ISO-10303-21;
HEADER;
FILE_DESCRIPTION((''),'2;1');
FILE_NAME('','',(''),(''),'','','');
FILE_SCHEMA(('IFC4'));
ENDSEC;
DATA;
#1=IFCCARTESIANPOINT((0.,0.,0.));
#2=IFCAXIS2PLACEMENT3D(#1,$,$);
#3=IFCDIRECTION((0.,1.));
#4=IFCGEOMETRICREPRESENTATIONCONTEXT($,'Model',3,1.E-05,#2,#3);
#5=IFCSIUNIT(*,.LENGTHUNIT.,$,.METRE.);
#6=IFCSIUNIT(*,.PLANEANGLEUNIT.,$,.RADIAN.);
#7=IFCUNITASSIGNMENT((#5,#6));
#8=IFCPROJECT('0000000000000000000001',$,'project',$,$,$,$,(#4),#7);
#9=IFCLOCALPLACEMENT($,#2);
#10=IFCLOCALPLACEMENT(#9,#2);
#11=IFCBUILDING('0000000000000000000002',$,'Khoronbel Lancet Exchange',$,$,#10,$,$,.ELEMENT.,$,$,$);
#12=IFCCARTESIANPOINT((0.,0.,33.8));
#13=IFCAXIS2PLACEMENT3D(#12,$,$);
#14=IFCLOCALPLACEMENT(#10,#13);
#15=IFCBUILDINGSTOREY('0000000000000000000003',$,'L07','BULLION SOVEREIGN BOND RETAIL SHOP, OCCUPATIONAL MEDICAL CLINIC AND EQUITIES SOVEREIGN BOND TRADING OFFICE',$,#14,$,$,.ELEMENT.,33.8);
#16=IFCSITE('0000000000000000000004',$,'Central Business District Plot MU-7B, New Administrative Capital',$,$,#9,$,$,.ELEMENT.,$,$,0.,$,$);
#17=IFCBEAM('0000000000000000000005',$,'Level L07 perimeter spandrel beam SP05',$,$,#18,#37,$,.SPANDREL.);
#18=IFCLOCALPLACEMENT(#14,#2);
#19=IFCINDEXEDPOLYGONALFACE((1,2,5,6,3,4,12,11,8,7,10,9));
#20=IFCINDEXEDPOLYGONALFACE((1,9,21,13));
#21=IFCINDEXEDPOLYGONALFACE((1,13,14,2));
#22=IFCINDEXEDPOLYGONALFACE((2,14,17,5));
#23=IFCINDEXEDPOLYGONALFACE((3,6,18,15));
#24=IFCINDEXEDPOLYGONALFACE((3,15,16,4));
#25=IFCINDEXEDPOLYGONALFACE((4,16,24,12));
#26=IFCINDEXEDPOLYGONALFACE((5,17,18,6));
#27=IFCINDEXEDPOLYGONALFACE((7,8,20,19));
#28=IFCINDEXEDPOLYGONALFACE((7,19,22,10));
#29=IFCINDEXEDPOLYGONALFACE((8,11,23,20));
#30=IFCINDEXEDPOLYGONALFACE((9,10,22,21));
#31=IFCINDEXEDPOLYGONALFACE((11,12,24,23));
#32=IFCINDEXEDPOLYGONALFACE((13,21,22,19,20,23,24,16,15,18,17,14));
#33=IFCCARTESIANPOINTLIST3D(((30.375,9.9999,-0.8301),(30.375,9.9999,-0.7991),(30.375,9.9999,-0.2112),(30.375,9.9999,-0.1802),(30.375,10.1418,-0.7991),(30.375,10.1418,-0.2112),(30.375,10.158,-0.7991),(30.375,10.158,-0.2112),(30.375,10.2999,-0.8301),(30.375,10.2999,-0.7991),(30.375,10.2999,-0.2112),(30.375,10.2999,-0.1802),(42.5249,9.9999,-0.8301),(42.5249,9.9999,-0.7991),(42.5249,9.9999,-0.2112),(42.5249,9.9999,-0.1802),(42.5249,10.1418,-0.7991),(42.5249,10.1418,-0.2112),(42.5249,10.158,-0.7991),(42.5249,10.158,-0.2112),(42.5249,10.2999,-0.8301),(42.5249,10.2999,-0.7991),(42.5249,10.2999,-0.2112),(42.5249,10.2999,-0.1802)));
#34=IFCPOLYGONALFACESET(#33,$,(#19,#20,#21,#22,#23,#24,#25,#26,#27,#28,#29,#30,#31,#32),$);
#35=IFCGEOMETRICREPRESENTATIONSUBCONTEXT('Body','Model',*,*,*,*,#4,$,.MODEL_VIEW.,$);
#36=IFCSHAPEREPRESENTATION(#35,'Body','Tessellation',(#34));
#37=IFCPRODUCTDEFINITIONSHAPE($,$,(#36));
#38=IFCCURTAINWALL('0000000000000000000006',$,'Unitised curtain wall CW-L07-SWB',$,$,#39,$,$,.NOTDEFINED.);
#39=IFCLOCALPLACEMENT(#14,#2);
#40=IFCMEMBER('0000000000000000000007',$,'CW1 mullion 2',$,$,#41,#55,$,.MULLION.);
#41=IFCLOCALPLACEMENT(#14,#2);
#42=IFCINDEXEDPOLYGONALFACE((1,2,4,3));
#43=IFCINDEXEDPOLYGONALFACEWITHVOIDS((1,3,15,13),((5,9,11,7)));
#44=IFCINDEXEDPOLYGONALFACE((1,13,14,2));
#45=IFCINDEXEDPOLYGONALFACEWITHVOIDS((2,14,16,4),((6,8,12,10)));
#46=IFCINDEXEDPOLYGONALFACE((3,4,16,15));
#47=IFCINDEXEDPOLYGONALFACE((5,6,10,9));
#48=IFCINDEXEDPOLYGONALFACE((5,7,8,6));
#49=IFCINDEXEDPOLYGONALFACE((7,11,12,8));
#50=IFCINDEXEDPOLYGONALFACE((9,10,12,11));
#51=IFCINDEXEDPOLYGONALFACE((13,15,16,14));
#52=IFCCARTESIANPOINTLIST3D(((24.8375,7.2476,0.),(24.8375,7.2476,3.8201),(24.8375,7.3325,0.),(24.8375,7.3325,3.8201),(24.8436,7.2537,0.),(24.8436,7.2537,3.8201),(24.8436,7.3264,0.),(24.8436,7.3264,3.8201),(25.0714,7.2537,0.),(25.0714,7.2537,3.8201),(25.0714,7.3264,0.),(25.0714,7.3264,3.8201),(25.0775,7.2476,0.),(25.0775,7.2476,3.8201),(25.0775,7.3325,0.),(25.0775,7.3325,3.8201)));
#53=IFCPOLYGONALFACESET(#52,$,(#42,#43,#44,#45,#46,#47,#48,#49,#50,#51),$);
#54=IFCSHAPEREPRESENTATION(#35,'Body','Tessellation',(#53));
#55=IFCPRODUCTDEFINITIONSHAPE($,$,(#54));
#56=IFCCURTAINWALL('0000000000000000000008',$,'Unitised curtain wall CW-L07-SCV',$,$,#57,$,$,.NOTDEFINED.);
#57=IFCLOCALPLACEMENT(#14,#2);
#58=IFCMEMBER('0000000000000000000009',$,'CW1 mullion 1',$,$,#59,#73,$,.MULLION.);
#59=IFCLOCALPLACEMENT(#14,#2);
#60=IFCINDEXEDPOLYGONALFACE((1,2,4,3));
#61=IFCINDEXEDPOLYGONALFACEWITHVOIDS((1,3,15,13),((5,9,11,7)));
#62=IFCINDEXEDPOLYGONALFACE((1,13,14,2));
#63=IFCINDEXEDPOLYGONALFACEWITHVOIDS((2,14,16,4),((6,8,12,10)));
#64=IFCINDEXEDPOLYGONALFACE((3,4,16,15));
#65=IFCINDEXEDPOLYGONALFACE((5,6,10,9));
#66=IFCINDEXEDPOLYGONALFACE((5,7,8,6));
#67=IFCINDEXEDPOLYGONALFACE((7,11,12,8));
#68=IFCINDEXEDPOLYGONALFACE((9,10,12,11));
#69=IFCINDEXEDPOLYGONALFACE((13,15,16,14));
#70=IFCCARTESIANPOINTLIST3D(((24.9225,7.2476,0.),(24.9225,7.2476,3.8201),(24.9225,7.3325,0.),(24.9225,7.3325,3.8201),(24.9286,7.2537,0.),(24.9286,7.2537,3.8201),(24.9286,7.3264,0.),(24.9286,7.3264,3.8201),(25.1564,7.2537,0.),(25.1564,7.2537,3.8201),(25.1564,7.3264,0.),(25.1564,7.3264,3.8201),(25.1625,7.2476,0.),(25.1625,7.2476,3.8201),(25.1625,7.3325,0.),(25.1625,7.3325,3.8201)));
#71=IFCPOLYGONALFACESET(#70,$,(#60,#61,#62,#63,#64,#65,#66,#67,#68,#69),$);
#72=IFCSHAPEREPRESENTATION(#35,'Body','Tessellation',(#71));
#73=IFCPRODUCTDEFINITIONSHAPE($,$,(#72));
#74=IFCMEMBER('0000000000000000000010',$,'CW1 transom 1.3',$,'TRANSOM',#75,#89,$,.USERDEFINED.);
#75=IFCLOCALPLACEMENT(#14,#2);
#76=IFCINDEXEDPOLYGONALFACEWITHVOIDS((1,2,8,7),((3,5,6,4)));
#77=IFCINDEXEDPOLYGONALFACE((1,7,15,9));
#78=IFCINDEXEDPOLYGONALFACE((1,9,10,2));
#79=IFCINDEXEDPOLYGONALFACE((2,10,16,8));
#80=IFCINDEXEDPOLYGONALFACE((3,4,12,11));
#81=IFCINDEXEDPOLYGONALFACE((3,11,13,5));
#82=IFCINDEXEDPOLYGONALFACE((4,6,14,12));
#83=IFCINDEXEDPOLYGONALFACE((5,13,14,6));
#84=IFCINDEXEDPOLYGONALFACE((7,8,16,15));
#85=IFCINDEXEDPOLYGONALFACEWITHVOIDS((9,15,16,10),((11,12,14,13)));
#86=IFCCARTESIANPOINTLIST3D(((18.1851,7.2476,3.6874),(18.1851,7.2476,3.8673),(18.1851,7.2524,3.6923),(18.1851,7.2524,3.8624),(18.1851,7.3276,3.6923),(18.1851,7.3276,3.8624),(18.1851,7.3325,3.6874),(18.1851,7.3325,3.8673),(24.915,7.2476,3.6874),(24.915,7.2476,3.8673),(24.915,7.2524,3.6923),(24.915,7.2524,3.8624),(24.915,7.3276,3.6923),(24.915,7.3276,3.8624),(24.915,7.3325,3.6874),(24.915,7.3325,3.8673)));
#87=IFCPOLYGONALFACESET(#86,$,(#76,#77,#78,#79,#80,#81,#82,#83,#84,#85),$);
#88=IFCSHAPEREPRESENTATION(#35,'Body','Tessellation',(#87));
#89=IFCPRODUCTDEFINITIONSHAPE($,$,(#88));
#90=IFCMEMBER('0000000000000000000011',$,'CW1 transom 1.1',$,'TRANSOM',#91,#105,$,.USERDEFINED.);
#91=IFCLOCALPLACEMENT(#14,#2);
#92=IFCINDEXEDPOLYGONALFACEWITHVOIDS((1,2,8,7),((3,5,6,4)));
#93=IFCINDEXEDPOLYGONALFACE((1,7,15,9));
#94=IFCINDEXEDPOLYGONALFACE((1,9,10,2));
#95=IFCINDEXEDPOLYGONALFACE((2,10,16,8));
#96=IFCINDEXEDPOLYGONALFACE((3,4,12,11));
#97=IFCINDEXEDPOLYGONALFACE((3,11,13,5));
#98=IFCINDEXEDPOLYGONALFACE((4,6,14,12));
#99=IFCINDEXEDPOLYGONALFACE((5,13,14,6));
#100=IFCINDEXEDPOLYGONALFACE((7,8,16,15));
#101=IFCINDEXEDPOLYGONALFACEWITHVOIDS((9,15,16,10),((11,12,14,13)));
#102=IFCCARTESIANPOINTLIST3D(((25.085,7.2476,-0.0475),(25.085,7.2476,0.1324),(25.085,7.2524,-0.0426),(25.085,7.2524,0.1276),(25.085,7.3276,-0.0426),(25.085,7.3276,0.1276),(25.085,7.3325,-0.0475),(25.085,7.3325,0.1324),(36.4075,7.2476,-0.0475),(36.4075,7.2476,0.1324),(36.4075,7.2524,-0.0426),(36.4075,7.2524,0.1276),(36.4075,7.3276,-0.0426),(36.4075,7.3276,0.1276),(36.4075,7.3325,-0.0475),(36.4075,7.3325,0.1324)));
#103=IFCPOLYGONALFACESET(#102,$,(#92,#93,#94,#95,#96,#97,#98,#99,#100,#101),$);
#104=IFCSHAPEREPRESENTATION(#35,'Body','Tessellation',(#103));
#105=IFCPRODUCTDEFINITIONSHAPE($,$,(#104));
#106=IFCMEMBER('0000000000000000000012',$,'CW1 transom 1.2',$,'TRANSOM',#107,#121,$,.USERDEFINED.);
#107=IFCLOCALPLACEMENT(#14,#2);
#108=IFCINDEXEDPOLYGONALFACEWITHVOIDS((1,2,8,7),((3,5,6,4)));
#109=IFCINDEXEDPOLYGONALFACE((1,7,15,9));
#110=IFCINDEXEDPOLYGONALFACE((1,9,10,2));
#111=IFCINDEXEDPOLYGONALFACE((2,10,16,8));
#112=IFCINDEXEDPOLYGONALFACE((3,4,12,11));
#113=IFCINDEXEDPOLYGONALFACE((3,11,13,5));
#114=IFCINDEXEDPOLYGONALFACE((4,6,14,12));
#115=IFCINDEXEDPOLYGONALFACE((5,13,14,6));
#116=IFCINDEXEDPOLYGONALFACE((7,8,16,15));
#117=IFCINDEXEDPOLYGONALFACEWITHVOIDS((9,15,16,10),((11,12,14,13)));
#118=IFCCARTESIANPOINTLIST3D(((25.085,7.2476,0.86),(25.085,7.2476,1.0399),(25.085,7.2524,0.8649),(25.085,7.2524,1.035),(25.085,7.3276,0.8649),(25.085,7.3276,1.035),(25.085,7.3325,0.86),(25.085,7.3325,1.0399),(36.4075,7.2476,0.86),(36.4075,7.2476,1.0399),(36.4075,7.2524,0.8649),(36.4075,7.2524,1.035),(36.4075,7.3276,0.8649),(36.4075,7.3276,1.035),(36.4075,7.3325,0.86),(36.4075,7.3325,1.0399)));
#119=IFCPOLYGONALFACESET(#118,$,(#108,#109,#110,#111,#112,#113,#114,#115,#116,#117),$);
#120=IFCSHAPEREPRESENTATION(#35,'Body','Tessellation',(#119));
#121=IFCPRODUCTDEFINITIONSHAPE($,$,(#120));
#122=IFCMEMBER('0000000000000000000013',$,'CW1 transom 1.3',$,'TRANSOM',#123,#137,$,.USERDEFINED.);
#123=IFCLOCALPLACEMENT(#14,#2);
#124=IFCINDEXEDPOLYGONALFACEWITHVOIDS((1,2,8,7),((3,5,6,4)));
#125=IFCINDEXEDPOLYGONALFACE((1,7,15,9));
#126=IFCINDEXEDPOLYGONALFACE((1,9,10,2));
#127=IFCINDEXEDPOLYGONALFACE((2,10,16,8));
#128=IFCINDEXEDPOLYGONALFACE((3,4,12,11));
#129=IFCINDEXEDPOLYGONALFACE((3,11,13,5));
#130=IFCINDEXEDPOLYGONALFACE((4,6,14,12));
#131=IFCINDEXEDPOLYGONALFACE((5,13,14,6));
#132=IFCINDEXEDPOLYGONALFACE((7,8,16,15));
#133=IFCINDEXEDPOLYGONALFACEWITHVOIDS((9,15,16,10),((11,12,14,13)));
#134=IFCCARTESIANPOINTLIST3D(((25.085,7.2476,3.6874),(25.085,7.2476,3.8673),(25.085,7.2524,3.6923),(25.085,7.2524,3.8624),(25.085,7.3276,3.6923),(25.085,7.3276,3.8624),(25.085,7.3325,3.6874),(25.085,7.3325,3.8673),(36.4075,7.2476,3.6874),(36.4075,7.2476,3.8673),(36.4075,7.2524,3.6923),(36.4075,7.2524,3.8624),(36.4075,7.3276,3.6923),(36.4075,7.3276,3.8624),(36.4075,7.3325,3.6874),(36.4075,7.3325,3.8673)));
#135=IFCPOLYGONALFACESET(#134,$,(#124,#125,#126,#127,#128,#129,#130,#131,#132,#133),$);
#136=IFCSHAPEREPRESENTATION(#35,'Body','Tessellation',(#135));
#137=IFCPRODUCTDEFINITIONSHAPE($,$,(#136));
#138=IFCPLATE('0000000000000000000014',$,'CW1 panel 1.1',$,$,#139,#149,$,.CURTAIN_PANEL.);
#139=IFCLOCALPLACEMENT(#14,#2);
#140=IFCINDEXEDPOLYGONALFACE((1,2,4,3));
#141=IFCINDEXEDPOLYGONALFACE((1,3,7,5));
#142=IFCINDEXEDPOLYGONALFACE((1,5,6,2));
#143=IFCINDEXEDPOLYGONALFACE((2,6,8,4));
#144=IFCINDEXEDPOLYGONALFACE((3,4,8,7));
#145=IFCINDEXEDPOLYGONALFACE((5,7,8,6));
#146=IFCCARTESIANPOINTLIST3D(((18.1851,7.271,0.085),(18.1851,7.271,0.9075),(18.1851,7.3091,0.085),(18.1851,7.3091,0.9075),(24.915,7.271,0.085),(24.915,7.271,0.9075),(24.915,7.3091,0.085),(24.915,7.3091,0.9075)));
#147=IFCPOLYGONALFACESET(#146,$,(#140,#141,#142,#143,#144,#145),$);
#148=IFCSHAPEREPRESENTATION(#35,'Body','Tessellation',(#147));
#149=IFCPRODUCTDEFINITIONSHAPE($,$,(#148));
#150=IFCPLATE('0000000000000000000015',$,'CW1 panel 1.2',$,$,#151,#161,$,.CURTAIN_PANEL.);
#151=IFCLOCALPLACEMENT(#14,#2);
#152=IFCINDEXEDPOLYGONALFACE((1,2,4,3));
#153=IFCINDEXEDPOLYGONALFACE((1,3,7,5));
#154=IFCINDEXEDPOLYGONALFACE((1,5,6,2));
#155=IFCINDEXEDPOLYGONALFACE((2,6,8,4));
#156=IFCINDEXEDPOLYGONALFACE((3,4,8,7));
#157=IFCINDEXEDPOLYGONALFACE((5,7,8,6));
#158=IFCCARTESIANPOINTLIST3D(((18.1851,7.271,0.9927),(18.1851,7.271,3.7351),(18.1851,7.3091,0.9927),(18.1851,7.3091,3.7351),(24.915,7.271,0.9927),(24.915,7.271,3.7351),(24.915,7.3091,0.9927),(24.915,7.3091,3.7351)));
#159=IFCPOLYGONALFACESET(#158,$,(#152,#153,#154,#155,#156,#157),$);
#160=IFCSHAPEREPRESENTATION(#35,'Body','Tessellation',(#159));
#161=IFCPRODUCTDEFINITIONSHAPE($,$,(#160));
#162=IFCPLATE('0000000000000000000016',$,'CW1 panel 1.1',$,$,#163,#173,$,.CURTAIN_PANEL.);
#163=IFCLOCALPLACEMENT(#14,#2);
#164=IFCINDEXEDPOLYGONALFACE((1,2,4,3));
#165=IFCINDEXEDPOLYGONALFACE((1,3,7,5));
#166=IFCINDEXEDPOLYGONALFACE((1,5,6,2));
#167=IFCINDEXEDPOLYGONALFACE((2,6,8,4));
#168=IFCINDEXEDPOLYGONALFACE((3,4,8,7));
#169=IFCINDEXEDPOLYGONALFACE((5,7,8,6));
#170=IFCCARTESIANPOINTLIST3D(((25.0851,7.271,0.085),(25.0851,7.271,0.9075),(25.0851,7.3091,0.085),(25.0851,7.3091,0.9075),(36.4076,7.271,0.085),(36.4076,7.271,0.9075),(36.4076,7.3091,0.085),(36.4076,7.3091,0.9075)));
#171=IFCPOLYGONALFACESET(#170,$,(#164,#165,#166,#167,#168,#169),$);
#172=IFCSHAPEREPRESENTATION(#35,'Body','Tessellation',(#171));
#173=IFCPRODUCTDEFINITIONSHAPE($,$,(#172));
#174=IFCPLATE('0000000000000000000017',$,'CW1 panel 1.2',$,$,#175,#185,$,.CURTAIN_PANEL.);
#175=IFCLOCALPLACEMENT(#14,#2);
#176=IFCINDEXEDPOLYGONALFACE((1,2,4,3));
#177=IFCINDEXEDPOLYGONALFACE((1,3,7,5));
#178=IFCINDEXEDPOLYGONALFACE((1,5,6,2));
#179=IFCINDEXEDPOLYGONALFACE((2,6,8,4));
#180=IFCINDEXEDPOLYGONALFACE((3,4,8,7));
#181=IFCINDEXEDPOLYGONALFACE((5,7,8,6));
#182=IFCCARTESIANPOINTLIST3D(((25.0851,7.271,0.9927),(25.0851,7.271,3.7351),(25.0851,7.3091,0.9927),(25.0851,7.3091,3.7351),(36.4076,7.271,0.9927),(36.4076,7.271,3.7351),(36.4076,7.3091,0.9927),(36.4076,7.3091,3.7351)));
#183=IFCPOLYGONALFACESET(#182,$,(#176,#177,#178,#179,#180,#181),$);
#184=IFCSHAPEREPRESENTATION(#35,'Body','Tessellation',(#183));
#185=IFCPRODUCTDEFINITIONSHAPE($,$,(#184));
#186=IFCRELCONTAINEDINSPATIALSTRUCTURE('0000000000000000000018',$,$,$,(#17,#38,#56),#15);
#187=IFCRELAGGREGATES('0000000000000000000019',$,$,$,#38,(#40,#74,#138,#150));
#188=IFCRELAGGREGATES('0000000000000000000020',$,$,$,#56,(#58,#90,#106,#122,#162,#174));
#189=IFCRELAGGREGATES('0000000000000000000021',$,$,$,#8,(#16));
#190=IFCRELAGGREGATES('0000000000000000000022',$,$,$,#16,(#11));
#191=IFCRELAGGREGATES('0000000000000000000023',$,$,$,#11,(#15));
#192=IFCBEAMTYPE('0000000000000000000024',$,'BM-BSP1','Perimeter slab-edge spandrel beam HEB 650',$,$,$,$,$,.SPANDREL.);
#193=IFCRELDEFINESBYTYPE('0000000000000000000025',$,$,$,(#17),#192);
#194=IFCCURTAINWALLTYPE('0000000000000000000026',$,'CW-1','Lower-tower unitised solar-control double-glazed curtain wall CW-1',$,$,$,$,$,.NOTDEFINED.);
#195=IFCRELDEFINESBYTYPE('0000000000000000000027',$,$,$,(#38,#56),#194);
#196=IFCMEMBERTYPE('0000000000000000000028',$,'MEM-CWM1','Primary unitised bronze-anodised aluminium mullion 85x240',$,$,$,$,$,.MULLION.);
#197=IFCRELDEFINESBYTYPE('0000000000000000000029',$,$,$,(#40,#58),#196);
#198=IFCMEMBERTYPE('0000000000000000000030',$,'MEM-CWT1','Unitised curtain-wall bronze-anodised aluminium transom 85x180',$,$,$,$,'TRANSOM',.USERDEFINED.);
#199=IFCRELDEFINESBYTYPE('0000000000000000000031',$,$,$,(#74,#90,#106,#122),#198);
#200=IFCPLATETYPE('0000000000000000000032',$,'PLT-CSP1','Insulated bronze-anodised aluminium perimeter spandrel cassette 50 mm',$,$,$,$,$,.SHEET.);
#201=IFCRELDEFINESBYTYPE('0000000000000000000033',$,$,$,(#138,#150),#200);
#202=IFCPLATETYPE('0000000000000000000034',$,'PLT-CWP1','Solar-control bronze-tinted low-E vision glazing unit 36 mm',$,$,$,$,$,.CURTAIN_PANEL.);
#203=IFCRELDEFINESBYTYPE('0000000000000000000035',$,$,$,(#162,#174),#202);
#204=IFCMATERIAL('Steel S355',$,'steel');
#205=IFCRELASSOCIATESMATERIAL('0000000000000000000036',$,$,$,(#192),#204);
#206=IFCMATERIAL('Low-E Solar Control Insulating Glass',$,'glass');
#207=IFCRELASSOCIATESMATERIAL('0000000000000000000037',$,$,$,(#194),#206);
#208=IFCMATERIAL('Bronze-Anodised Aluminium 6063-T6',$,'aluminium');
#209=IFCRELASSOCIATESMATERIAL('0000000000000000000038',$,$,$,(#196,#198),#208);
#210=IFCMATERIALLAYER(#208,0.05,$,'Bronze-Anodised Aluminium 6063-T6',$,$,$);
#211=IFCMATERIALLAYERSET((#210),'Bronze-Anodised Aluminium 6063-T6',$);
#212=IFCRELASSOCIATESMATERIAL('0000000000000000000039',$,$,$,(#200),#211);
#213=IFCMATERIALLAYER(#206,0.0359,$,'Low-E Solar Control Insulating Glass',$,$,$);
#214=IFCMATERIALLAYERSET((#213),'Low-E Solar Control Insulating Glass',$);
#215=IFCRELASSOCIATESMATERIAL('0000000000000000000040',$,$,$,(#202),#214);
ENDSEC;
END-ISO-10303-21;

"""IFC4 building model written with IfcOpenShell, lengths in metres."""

from ifc_helpers import new_model, si_unit, direction, frame, origin, origin_2d, place, context, subcontext, project, spatial, rectangle, hollow_rectangle, i_section, extrude, material, layer, layer_set, material_profile, profile_set, type_object, element, aggregate, save


model = new_model("IFC4")

# Units and contexts
model_context = context("Model", 3, precision=1e-05, world=origin(), true_north=direction((0.0, 1.0)))
body_context = subcontext(model_context, "Body", "Model", "MODEL_VIEW")
ifc_project = project(units=[si_unit("LENGTHUNIT", "METRE"), si_unit("PLANEANGLEUNIT", "RADIAN")], contexts=[model_context])

# Site, building, storey
site_placement = place(None, origin())
site = spatial("IfcSite", under=ifc_project, at=site_placement, Name="Central Business District Plot MU-7B, New Administrative Capital", CompositionType="ELEMENT", RefElevation=0.0)
building_placement = place(site_placement, origin())
building = spatial("IfcBuilding", under=site, at=building_placement, Name="Khoronbel Lancet Exchange", CompositionType="ELEMENT")
storey_placement = place(building_placement, frame((0.0, 0.0, 33.8)))
storey = spatial("IfcBuildingStorey", under=building, at=storey_placement, Name="L07", Description="BULLION SOVEREIGN BOND RETAIL SHOP, OCCUPATIONAL MEDICAL CLINIC AND EQUITIES SOVEREIGN BOND TRADING OFFICE", CompositionType="ELEMENT", Elevation=33.8)

# Beam
ifc_material_1 = material(Name="Steel S355", Category="steel")
ifc_material_profile_1 = material_profile(ifc_material_1, i_section(OverallWidth=0.3, OverallDepth=0.6499, WebThickness=0.0161, FlangeThickness=0.031, at=origin_2d()), Name="HEB 650")
ifc_profile_set_1 = profile_set([ifc_material_profile_1], Name="Steel S355")
beam_type_1 = type_object("IfcBeamType", Name="BM-BSP1", Description="Perimeter slab-edge spandrel beam HEB 650", PredefinedType="SPANDREL", material=ifc_profile_set_1)
beam_1_placement = place(storey_placement, frame((30.375, 10.1499, -0.5051), z_axis=(1.0, 0.0, 0.0), x_axis=(0.0, 1.0, 0.0)))
element("IfcBeam", 1, at=beam_1_placement, inside=storey, type_object=beam_type_1, Name="Level L07 perimeter spandrel beam SP05", PredefinedType="SPANDREL", context=body_context, shape_type="SweptSolid", body=[
    extrude(i_section(OverallWidth=0.3, OverallDepth=0.6499, WebThickness=0.0161, FlangeThickness=0.031, at=origin_2d()), origin(), (0.0, 0.0, 1.0), 12.1499),
])

# Curtain walls, members
ifc_material_2 = material(Name="Low-E Solar Control Insulating Glass", Category="glass")
curtain_wall_type = type_object("IfcCurtainWallType", Name="CW-1", Description="Lower-tower unitised solar-control double-glazed curtain wall CW-1", PredefinedType="NOTDEFINED", material=ifc_material_2)
curtain_wall_1_placement = place(storey_placement, origin())
curtain_wall_1 = element("IfcCurtainWall", 2, at=curtain_wall_1_placement, inside=storey, type_object=curtain_wall_type, Name="Unitised curtain wall CW-L07-SWB", PredefinedType="NOTDEFINED")
ifc_material_3 = material(Name="Bronze-Anodised Aluminium 6063-T6", Category="aluminium")
ifc_material_profile_2 = material_profile(ifc_material_3, hollow_rectangle(XDim=0.085, YDim=0.24, WallThickness=0.0061, at=origin_2d()), Name="ALU MULLION 85x240")
ifc_profile_set_2 = profile_set([ifc_material_profile_2], Name="Bronze-Anodised Aluminium 6063-T6")
member_type_1 = type_object("IfcMemberType", Name="MEM-CWM1", Description="Primary unitised bronze-anodised aluminium mullion 85x240", PredefinedType="MULLION", material=ifc_profile_set_2)
member_1_placement = place(storey_placement, frame((24.9575, 7.29, 0.0), z_axis=(0.0, 0.0, 1.0), x_axis=(0.0, 1.0, 0.0)))
member_1 = element("IfcMember", 3, at=member_1_placement, type_object=member_type_1, Name="CW1 mullion 2", PredefinedType="MULLION", context=body_context, shape_type="SweptSolid", body=[
    extrude(hollow_rectangle(XDim=0.085, YDim=0.24, WallThickness=0.0061, at=origin_2d()), origin(), (0.0, 0.0, 1.0), 3.8201),
])
curtain_wall_2_placement = place(storey_placement, origin())
curtain_wall_2 = element("IfcCurtainWall", 4, at=curtain_wall_2_placement, inside=storey, type_object=curtain_wall_type, Name="Unitised curtain wall CW-L07-SCV", PredefinedType="NOTDEFINED")
member_2_placement = place(storey_placement, frame((25.0425, 7.29, 0.0), z_axis=(0.0, 0.0, 1.0), x_axis=(0.0, 1.0, 0.0)))
member_2 = element("IfcMember", 5, at=member_2_placement, type_object=member_type_1, Name="CW1 mullion 1", PredefinedType="MULLION", context=body_context, shape_type="SweptSolid", body=[
    extrude(hollow_rectangle(XDim=0.085, YDim=0.24, WallThickness=0.0061, at=origin_2d()), origin(), (0.0, 0.0, 1.0), 3.8201),
])

# Members
ifc_material_profile_3 = material_profile(ifc_material_3, hollow_rectangle(XDim=0.085, YDim=0.1799, WallThickness=0.0049, at=origin_2d()), Name="ALU TRANSOM 85x180")
ifc_profile_set_3 = profile_set([ifc_material_profile_3], Name="Bronze-Anodised Aluminium 6063-T6")
member_type_2 = type_object("IfcMemberType", Name="MEM-CWT1", Description="Unitised curtain-wall bronze-anodised aluminium transom 85x180", ElementType="TRANSOM", PredefinedType="USERDEFINED", material=ifc_profile_set_3)
member_3_placement = place(storey_placement, frame((18.1851, 7.29, 3.7773), z_axis=(1.0, 0.0, 0.0), x_axis=(0.0, 1.0, 0.0)))
member_3 = element("IfcMember", 6, at=member_3_placement, type_object=member_type_2, Name="CW1 transom 1.3", ObjectType="TRANSOM", PredefinedType="USERDEFINED", context=body_context, shape_type="SweptSolid", body=[
    extrude(hollow_rectangle(XDim=0.085, YDim=0.1799, WallThickness=0.0049, at=origin_2d()), origin(), (0.0, 0.0, 1.0), 6.73),
])
member_4_placement = place(storey_placement, frame((25.085, 7.29, 0.0425), z_axis=(1.0, 0.0, 0.0), x_axis=(0.0, 1.0, 0.0)))
member_4 = element("IfcMember", 7, at=member_4_placement, type_object=member_type_2, Name="CW1 transom 1.1", ObjectType="TRANSOM", PredefinedType="USERDEFINED", context=body_context, shape_type="SweptSolid", body=[
    extrude(hollow_rectangle(XDim=0.085, YDim=0.1799, WallThickness=0.0049, at=origin_2d()), origin(), (0.0, 0.0, 1.0), 11.3225),
])
member_5_placement = place(storey_placement, frame((25.085, 7.29, 0.95), z_axis=(1.0, 0.0, 0.0), x_axis=(0.0, 1.0, 0.0)))
member_5 = element("IfcMember", 8, at=member_5_placement, type_object=member_type_2, Name="CW1 transom 1.2", ObjectType="TRANSOM", PredefinedType="USERDEFINED", context=body_context, shape_type="SweptSolid", body=[
    extrude(hollow_rectangle(XDim=0.085, YDim=0.1799, WallThickness=0.0049, at=origin_2d()), origin(), (0.0, 0.0, 1.0), 11.3225),
])
member_6_placement = place(storey_placement, frame((25.085, 7.29, 3.7773), z_axis=(1.0, 0.0, 0.0), x_axis=(0.0, 1.0, 0.0)))
member_6 = element("IfcMember", 9, at=member_6_placement, type_object=member_type_2, Name="CW1 transom 1.3", ObjectType="TRANSOM", PredefinedType="USERDEFINED", context=body_context, shape_type="SweptSolid", body=[
    extrude(hollow_rectangle(XDim=0.085, YDim=0.1799, WallThickness=0.0049, at=origin_2d()), origin(), (0.0, 0.0, 1.0), 11.3225),
])

# Plates
ifc_layer_1 = layer(ifc_material_3, 0.05, Name="Bronze-Anodised Aluminium 6063-T6")
ifc_layer_set_1 = layer_set([ifc_layer_1], Name="Bronze-Anodised Aluminium 6063-T6")
plate_type_1 = type_object("IfcPlateType", Name="PLT-CSP1", Description="Insulated bronze-anodised aluminium perimeter spandrel cassette 50 mm", PredefinedType="SHEET", material=ifc_layer_set_1)
plate_1_placement = place(storey_placement, frame((21.55, 7.29, 0.085), z_axis=(0.0, 0.0, 1.0), x_axis=(1.0, 0.0, 0.0)))
plate_1 = element("IfcPlate", 10, at=plate_1_placement, type_object=plate_type_1, Name="CW1 panel 1.1", PredefinedType="CURTAIN_PANEL", context=body_context, shape_type="SweptSolid", body=[
    extrude(rectangle(XDim=6.73, YDim=0.0381, at=origin_2d()), origin(), (0.0, 0.0, 1.0), 0.8225),
])
plate_2_placement = place(storey_placement, frame((21.55, 7.29, 0.9927), z_axis=(0.0, 0.0, 1.0), x_axis=(1.0, 0.0, 0.0)))
plate_2 = element("IfcPlate", 11, at=plate_2_placement, type_object=plate_type_1, Name="CW1 panel 1.2", PredefinedType="CURTAIN_PANEL", context=body_context, shape_type="SweptSolid", body=[
    extrude(rectangle(XDim=6.73, YDim=0.0381, at=origin_2d()), origin(), (0.0, 0.0, 1.0), 2.7424),
])
aggregate(curtain_wall_1, [member_1, member_3, plate_1, plate_2])
ifc_layer_2 = layer(ifc_material_2, 0.0359, Name="Low-E Solar Control Insulating Glass")
ifc_layer_set_2 = layer_set([ifc_layer_2], Name="Low-E Solar Control Insulating Glass")
plate_type_2 = type_object("IfcPlateType", Name="PLT-CWP1", Description="Solar-control bronze-tinted low-E vision glazing unit 36 mm", PredefinedType="CURTAIN_PANEL", material=ifc_layer_set_2)
plate_3_placement = place(storey_placement, frame((30.7463, 7.29, 0.085), z_axis=(0.0, 0.0, 1.0), x_axis=(1.0, 0.0, 0.0)))
plate_3 = element("IfcPlate", 12, at=plate_3_placement, type_object=plate_type_2, Name="CW1 panel 1.1", PredefinedType="CURTAIN_PANEL", context=body_context, shape_type="SweptSolid", body=[
    extrude(rectangle(XDim=11.3225, YDim=0.0381, at=origin_2d()), origin(), (0.0, 0.0, 1.0), 0.8225),
])
plate_4_placement = place(storey_placement, frame((30.7463, 7.29, 0.9927), z_axis=(0.0, 0.0, 1.0), x_axis=(1.0, 0.0, 0.0)))
plate_4 = element("IfcPlate", 13, at=plate_4_placement, type_object=plate_type_2, Name="CW1 panel 1.2", PredefinedType="CURTAIN_PANEL", context=body_context, shape_type="SweptSolid", body=[
    extrude(rectangle(XDim=11.3225, YDim=0.0381, at=origin_2d()), origin(), (0.0, 0.0, 1.0), 2.7424),
])
aggregate(curtain_wall_2, [member_2, member_4, member_5, member_6, plate_3, plate_4])

save(model, "model.ifc")
